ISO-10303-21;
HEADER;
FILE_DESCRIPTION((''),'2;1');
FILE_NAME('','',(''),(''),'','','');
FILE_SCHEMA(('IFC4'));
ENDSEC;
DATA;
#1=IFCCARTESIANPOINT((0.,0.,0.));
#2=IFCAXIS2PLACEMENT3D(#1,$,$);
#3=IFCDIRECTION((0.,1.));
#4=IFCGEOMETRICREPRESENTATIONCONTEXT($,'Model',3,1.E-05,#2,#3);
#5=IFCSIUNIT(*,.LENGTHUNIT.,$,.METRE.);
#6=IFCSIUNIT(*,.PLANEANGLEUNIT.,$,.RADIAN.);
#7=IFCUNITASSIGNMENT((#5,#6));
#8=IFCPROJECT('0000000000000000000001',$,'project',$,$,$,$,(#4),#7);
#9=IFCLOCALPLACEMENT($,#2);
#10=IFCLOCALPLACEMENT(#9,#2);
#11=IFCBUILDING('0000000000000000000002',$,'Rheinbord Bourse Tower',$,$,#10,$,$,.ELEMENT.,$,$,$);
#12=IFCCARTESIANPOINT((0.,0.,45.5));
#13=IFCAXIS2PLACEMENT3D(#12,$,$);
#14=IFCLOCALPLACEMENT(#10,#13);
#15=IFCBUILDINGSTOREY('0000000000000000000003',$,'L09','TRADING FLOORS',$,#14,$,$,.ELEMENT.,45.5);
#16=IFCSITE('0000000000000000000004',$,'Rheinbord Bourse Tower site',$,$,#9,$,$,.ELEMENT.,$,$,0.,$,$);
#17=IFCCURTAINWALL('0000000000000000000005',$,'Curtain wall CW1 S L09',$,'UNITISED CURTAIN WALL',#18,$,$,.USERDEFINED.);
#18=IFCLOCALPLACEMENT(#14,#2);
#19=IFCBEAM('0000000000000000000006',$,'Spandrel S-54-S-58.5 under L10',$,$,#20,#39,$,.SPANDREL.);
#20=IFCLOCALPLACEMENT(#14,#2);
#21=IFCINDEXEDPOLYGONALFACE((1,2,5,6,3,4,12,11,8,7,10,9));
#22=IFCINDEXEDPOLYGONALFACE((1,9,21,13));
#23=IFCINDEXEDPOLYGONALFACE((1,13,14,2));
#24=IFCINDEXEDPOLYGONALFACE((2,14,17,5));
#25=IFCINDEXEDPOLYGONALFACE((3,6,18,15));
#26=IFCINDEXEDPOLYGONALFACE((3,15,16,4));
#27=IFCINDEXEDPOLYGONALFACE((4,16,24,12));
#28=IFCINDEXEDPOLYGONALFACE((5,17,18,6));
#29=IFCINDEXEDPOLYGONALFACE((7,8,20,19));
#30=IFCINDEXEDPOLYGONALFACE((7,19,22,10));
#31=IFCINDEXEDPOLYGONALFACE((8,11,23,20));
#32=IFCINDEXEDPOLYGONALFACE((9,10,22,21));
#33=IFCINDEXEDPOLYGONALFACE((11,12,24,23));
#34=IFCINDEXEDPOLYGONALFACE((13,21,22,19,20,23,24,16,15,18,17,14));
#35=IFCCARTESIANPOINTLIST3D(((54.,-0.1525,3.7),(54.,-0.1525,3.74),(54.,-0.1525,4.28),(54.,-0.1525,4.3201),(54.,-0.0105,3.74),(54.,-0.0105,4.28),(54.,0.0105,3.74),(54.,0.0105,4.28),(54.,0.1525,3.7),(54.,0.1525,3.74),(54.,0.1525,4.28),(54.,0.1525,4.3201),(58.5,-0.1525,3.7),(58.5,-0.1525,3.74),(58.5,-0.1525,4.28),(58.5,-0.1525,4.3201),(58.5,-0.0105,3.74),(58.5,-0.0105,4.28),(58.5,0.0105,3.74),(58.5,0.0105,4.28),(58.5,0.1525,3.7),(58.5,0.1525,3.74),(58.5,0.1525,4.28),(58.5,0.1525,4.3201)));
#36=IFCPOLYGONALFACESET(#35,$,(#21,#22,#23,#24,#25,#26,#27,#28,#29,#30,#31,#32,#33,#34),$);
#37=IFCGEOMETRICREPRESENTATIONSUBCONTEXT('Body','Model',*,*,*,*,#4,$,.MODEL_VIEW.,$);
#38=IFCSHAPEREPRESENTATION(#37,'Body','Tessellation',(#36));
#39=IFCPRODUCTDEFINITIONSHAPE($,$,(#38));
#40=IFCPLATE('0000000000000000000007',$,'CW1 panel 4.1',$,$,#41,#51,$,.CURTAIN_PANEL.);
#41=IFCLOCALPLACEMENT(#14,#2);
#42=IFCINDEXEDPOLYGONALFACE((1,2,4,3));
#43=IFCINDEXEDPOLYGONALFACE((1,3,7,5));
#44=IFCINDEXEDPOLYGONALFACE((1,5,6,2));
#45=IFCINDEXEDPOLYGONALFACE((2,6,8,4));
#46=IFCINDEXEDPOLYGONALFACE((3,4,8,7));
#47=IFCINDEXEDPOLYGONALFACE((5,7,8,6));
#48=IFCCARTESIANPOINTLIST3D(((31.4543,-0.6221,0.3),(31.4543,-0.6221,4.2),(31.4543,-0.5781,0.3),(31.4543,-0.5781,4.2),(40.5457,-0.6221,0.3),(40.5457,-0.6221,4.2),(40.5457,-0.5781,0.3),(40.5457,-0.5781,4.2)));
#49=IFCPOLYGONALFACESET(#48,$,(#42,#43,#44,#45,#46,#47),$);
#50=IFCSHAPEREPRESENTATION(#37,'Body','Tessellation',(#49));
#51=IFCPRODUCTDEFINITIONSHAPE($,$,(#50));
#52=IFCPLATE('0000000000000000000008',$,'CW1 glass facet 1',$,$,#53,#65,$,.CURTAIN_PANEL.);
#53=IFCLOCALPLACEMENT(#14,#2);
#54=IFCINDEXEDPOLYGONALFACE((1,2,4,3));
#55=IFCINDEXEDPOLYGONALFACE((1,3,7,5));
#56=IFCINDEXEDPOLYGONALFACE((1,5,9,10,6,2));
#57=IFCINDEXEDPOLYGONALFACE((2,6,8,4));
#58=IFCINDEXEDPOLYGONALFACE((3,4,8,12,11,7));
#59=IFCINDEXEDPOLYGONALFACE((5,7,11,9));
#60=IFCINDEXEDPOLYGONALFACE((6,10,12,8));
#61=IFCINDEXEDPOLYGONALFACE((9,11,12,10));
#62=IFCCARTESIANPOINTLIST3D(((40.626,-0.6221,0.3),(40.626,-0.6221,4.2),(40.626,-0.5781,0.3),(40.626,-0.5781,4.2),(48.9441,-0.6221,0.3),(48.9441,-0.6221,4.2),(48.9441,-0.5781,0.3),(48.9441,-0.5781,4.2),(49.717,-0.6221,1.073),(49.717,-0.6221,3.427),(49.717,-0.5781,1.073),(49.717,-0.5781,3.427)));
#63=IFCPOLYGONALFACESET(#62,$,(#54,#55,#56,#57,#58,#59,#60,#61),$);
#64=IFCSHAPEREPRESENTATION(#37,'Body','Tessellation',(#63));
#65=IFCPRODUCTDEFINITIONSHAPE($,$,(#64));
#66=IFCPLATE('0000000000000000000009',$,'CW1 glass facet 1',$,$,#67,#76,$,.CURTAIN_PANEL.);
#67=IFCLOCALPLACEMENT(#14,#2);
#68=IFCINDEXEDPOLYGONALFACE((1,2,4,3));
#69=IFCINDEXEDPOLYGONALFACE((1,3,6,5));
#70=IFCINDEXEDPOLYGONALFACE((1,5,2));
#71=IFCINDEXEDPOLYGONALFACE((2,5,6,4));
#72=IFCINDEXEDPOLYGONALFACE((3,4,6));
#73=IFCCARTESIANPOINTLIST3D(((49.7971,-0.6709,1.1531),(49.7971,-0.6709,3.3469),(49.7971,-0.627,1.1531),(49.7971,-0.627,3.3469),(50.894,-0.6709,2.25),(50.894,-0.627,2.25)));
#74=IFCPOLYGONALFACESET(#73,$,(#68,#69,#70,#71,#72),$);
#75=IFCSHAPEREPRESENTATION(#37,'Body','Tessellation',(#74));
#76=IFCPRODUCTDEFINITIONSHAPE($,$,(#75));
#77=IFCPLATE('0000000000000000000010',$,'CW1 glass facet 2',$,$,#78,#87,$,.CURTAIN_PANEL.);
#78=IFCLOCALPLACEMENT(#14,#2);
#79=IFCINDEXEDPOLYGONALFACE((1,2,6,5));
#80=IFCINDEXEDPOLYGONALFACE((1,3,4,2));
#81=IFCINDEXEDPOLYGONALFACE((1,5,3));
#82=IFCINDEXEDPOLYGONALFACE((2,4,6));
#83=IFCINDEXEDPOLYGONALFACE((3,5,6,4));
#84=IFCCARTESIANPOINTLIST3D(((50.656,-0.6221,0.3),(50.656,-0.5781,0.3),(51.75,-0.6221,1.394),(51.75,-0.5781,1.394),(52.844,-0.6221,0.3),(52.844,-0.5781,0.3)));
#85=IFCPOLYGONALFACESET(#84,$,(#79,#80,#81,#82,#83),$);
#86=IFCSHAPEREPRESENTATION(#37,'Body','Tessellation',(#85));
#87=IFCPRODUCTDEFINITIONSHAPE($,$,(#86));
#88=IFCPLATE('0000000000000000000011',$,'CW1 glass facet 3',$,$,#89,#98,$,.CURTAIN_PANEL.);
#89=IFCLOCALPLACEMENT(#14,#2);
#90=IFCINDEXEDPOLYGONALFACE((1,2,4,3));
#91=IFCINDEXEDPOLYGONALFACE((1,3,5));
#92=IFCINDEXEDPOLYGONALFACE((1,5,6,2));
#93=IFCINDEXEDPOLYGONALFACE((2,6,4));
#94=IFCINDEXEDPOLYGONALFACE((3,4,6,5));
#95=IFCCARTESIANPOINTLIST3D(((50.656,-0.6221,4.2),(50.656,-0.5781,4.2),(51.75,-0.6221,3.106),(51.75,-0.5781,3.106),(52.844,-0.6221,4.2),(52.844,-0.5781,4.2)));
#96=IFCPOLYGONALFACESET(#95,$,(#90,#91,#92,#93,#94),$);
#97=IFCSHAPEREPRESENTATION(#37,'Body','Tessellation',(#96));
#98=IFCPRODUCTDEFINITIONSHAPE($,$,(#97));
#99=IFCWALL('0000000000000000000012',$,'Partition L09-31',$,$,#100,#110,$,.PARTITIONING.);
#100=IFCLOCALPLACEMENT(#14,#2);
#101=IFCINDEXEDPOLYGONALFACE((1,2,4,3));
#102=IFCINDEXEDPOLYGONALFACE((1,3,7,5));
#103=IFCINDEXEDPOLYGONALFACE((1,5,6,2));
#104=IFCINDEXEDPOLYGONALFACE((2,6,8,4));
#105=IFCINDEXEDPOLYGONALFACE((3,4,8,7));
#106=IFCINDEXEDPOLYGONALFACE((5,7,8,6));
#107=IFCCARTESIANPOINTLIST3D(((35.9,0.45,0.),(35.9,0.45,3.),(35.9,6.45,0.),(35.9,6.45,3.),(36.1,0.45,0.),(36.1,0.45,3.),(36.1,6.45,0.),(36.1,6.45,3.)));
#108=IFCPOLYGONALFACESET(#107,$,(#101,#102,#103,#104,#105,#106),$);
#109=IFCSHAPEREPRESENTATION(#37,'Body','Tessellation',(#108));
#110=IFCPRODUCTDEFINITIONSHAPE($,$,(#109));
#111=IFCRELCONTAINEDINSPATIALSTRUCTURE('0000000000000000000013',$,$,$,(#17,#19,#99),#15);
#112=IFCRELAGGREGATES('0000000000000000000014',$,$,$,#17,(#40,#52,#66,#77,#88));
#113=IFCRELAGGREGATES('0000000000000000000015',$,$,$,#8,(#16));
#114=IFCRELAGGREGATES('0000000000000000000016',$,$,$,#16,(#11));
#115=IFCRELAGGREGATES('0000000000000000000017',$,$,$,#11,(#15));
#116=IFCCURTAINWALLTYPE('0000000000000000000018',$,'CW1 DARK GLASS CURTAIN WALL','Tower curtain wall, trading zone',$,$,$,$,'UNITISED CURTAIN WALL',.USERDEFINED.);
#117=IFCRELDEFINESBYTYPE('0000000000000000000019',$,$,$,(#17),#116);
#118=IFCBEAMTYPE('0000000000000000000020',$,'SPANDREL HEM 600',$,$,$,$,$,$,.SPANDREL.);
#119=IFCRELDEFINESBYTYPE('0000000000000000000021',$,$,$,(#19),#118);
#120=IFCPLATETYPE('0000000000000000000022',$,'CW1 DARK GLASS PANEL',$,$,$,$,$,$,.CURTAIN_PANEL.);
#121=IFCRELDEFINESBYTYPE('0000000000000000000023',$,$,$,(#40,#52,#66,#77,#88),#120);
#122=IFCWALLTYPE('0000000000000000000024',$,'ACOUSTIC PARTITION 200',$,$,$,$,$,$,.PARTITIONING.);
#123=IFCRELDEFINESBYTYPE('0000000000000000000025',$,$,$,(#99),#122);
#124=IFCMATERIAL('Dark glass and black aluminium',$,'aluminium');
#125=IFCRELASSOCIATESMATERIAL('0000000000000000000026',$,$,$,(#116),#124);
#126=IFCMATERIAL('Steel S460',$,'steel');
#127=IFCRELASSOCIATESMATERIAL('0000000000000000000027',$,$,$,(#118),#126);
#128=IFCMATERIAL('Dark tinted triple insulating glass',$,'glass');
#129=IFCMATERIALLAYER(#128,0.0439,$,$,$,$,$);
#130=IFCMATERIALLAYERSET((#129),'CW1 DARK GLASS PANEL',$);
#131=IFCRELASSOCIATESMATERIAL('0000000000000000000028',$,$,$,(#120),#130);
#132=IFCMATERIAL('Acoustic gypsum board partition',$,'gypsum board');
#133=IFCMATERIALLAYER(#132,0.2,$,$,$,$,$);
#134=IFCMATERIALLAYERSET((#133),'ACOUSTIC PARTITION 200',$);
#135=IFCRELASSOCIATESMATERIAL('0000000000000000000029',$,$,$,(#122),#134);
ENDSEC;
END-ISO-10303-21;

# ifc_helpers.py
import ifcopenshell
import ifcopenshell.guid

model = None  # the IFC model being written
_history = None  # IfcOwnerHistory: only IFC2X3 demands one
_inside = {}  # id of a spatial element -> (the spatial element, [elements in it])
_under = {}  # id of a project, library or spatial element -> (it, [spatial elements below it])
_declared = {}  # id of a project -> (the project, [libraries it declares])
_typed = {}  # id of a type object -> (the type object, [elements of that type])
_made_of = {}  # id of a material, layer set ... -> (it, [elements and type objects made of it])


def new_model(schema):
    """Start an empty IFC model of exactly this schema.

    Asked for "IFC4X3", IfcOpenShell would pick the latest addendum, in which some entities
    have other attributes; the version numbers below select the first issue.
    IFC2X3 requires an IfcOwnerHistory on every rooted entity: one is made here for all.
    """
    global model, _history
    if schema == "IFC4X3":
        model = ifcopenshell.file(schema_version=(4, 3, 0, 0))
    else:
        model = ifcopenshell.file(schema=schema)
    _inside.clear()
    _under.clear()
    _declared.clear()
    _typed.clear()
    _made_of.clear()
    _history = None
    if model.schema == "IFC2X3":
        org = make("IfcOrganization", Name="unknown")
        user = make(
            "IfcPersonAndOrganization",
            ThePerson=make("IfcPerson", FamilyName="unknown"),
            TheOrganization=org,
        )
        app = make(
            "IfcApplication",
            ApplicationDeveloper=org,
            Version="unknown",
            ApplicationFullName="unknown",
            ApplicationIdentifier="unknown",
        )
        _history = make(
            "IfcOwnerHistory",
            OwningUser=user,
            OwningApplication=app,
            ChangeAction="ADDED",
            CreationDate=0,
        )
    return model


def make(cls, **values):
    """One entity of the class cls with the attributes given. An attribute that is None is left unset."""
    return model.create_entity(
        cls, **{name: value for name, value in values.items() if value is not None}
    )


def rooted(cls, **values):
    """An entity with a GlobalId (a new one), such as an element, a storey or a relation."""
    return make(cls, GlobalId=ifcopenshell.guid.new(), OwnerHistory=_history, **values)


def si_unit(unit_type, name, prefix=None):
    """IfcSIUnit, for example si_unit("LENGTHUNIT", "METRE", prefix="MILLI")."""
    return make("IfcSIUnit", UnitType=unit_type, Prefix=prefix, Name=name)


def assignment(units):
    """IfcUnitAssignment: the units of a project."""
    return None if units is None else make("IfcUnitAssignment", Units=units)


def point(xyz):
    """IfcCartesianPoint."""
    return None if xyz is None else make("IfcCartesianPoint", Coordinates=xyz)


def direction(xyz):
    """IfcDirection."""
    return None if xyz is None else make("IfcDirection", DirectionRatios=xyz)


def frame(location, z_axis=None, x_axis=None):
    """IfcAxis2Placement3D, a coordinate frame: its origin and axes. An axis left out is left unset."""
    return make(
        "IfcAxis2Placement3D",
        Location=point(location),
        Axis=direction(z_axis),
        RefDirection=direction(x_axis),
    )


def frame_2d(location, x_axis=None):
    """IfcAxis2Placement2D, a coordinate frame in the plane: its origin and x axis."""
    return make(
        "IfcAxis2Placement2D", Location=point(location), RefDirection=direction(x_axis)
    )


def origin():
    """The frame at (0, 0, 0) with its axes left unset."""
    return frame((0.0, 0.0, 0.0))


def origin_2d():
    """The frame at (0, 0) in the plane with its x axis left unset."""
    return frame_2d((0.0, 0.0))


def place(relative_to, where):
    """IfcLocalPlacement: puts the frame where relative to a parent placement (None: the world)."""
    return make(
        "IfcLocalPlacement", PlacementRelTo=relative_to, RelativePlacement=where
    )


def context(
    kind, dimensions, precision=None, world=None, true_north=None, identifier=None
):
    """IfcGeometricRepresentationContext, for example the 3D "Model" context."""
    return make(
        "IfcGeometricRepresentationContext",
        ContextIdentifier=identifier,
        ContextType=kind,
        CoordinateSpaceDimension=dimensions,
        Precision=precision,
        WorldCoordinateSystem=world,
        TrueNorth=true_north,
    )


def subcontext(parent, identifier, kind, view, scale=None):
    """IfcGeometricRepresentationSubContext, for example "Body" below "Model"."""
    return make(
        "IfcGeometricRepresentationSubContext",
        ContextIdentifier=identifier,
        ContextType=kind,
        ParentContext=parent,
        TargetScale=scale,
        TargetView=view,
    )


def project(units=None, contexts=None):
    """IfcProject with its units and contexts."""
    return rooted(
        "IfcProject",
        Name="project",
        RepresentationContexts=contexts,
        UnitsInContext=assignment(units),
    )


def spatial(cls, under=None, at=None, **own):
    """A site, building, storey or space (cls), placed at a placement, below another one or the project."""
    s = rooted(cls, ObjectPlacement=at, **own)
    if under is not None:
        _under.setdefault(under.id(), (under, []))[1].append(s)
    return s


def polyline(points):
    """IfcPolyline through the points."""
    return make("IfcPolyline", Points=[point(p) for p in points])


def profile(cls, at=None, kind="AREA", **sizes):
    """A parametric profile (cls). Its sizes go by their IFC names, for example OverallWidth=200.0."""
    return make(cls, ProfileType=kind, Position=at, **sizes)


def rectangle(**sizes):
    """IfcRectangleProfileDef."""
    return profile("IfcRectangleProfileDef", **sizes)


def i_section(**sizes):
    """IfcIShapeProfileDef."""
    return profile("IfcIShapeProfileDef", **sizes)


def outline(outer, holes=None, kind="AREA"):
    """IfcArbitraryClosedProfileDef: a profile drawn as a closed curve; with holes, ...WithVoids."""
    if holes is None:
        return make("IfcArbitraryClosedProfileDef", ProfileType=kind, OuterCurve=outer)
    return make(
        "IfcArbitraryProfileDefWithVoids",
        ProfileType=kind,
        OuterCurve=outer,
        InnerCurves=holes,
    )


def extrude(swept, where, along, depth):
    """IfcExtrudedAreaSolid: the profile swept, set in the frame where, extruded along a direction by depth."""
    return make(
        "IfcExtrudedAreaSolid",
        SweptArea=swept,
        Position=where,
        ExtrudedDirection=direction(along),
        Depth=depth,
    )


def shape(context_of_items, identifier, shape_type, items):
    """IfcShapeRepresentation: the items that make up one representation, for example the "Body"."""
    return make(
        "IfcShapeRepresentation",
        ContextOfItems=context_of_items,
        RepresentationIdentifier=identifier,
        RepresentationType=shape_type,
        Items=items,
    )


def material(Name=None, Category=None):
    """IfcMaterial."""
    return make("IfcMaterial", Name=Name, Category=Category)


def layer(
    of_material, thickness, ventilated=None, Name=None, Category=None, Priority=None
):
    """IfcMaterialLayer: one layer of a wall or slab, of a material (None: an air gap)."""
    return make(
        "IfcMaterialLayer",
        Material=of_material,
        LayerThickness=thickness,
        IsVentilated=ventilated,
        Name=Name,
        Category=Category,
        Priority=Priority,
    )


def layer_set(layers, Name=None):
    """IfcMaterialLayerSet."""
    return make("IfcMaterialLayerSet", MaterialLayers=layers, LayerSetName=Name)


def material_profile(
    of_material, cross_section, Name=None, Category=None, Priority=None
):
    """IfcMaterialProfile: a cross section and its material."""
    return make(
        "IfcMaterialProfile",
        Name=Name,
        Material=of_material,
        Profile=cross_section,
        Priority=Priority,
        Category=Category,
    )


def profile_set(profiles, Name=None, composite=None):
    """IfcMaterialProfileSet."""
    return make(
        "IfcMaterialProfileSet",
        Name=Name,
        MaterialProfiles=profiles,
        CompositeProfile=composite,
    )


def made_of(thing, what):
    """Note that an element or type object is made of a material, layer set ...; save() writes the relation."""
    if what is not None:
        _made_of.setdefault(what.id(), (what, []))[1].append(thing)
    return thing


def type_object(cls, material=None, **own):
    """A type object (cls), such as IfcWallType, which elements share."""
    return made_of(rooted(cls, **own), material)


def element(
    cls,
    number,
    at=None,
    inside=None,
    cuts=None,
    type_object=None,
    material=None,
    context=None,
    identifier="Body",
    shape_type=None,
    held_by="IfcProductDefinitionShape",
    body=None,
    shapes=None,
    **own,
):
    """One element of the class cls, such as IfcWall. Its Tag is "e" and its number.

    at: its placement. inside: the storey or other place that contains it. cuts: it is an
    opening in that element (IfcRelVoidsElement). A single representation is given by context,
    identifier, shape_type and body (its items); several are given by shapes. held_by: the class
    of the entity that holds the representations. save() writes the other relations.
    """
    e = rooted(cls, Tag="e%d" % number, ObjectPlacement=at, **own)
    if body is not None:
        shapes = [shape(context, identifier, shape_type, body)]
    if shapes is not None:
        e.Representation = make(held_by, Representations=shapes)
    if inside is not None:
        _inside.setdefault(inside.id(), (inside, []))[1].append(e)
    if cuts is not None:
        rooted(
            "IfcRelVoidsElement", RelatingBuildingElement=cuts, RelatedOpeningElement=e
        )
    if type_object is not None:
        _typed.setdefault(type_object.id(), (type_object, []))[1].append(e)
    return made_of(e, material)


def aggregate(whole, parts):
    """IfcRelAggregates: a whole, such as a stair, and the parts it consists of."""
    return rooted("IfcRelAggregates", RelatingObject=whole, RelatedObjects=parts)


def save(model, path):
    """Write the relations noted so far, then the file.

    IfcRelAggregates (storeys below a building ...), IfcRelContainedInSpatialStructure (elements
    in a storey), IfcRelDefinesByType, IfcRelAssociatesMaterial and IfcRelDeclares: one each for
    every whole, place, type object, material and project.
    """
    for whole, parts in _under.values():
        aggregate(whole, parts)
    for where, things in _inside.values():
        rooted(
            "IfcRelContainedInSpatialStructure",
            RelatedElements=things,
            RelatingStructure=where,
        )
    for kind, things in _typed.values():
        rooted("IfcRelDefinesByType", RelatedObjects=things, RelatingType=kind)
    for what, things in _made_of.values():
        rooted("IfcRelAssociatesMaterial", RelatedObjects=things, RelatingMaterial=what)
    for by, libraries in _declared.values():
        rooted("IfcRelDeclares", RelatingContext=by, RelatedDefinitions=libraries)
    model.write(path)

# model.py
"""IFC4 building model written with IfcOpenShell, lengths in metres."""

from ifc_helpers import new_model, si_unit, direction, frame, frame_2d, origin, origin_2d, place, context, subcontext, project, spatial, polyline, rectangle, i_section, outline, extrude, material, layer, layer_set, material_profile, profile_set, type_object, element, aggregate, save


model = new_model("IFC4")

# Units and contexts
model_context = context("Model", 3, precision=1e-05, world=origin(), true_north=direction((0.0, 1.0)))
body_context = subcontext(model_context, "Body", "Model", "MODEL_VIEW")
ifc_project = project(units=[si_unit("LENGTHUNIT", "METRE"), si_unit("PLANEANGLEUNIT", "RADIAN")], contexts=[model_context])

# Site, building, storey
site_placement = place(None, origin())
site = spatial("IfcSite", under=ifc_project, at=site_placement, Name="Rheinbord Bourse Tower site", CompositionType="ELEMENT", RefElevation=0.0)
building_placement = place(site_placement, origin())
building = spatial("IfcBuilding", under=site, at=building_placement, Name="Rheinbord Bourse Tower", CompositionType="ELEMENT")
storey_placement = place(building_placement, frame((0.0, 0.0, 45.5)))
storey = spatial("IfcBuildingStorey", under=building, at=storey_placement, Name="L09", Description="TRADING FLOORS", CompositionType="ELEMENT", Elevation=45.5)

# Curtain wall
ifc_material_1 = material(Name="Dark glass and black aluminium", Category="aluminium")
curtain_wall_type = type_object("IfcCurtainWallType", Name="CW1 DARK GLASS CURTAIN WALL", Description="Tower curtain wall, trading zone", ElementType="UNITISED CURTAIN WALL", PredefinedType="USERDEFINED", material=ifc_material_1)
curtain_wall_placement = place(storey_placement, origin())
curtain_wall = element("IfcCurtainWall", 1, at=curtain_wall_placement, inside=storey, type_object=curtain_wall_type, Name="Curtain wall CW1 S L09", ObjectType="UNITISED CURTAIN WALL", PredefinedType="USERDEFINED")

# Beam
ifc_material_2 = material(Name="Steel S460", Category="steel")
ifc_material_profile_1 = material_profile(ifc_material_2, i_section(OverallWidth=0.3049, OverallDepth=0.6201, WebThickness=0.021, FlangeThickness=0.04, at=origin_2d()), Name="HEM 600")
ifc_profile_set_1 = profile_set([ifc_material_profile_1], Name="Steel S460")
beam_type_1 = type_object("IfcBeamType", Name="SPANDREL HEM 600", PredefinedType="SPANDREL", material=ifc_profile_set_1)
for number, where, z_axis, x_axis, name in (
    (2, (54.0, 0.0, 4.01), (1.0, 0.0, 0.0), (0.0, 1.0, 0.0), "Spandrel S-54-S-58.5 under L10"),
):
    element("IfcBeam", number, at=place(storey_placement, frame(where, z_axis=z_axis, x_axis=x_axis)), inside=storey, type_object=beam_type_1, Name=name, PredefinedType="SPANDREL", context=body_context, shape_type="SweptSolid", body=[
        extrude(i_section(OverallWidth=0.3049, OverallDepth=0.6201, WebThickness=0.021, FlangeThickness=0.04, at=origin_2d()), origin(), (0.0, 0.0, 1.0), 4.5),
    ])

# Plates
ifc_material_3 = material(Name="Dark tinted triple insulating glass", Category="glass")
ifc_layer_1 = layer(ifc_material_3, 0.0439)
ifc_layer_set_1 = layer_set([ifc_layer_1], Name="CW1 DARK GLASS PANEL")
plate_type = type_object("IfcPlateType", Name="CW1 DARK GLASS PANEL", PredefinedType="CURTAIN_PANEL", material=ifc_layer_set_1)
plate_1_placement = place(storey_placement, frame((36.0, -0.6001, 0.3), z_axis=(0.0, 0.0, 1.0), x_axis=(1.0, 0.0, 0.0)))
plate_1 = element("IfcPlate", 3, at=plate_1_placement, type_object=plate_type, Name="CW1 panel 4.1", PredefinedType="CURTAIN_PANEL", context=body_context, shape_type="SweptSolid", body=[
    extrude(rectangle(XDim=9.0913, YDim=0.0439, at=origin_2d()), origin(), (0.0, 0.0, 1.0), 3.8999),
])
plate_2_placement = place(storey_placement, frame((40.626, -0.6221, 0.3), z_axis=(0.0, 1.0, 0.0), x_axis=(0.0, 0.0, 1.0)))
plate_2 = element("IfcPlate", 4, at=plate_2_placement, type_object=plate_type, Name="CW1 glass facet 1", PredefinedType="CURTAIN_PANEL", context=body_context, shape_type="SweptSolid", body=[
    extrude(outline(polyline([(0.0, 0.0), (3.8999, 0.0), (3.8999, 8.3181), (3.127, 9.0911), (0.7729, 9.0911), (0.0, 8.3181), (0.0, 0.0)])), origin(), (0.0, 0.0, 1.0), 0.0439),
])
plate_3_placement = place(storey_placement, frame((49.7971, -0.6709, 3.3469), z_axis=(0.0, 1.0, 0.0), x_axis=(0.707107, 0.0, -0.707107)))
plate_3 = element("IfcPlate", 5, at=plate_3_placement, type_object=plate_type, Name="CW1 glass facet 1", PredefinedType="CURTAIN_PANEL", context=body_context, shape_type="SweptSolid", body=[
    extrude(outline(polyline([(0.0, 0.0), (1.5513, 0.0), (1.5513, 1.5513), (0.0, 0.0)])), origin(), (0.0, 0.0, 1.0), 0.0439),
])
plate_4_placement = place(storey_placement, frame((50.656, -0.6221, 0.3), z_axis=(0.0, 1.0, 0.0), x_axis=(0.707107, 0.0, 0.707107)))
plate_4 = element("IfcPlate", 6, at=plate_4_placement, type_object=plate_type, Name="CW1 glass facet 2", PredefinedType="CURTAIN_PANEL", context=body_context, shape_type="SweptSolid", body=[
    extrude(outline(polyline([(0.0, 0.0), (1.5471, 0.0), (1.5471, 1.5471), (0.0, 0.0)])), origin(), (0.0, 0.0, 1.0), 0.0439),
])
plate_5_placement = place(storey_placement, frame((52.844, -0.6221, 4.2), z_axis=(0.0, 1.0, 0.0), x_axis=(-0.707107, 0.0, -0.707107)))
plate_5 = element("IfcPlate", 7, at=plate_5_placement, type_object=plate_type, Name="CW1 glass facet 3", PredefinedType="CURTAIN_PANEL", context=body_context, shape_type="SweptSolid", body=[
    extrude(outline(polyline([(0.0, 0.0), (1.5471, 0.0), (1.5471, 1.5471), (0.0, 0.0)])), origin(), (0.0, 0.0, 1.0), 0.0439),
])
aggregate(curtain_wall, [plate_1, plate_2, plate_3, plate_4, plate_5])

# Wall
ifc_material_4 = material(Name="Acoustic gypsum board partition", Category="gypsum board")
ifc_layer_2 = layer(ifc_material_4, 0.2)
ifc_layer_set_2 = layer_set([ifc_layer_2], Name="ACOUSTIC PARTITION 200")
wall_type = type_object("IfcWallType", Name="ACOUSTIC PARTITION 200", PredefinedType="PARTITIONING", material=ifc_layer_set_2)
wall_placement = place(storey_placement, frame((36.0, 0.45, 0.0), z_axis=(0.0, 0.0, 1.0), x_axis=(0.0, 1.0, 0.0)))
element("IfcWall", 8, at=wall_placement, inside=storey, type_object=wall_type, Name="Partition L09-31", PredefinedType="PARTITIONING", context=body_context, shape_type="SweptSolid", body=[
    extrude(rectangle(XDim=6.0, YDim=0.2, at=frame_2d((3.0, 0.0))), origin(), (0.0, 0.0, 1.0), 3.0),
])

save(model, "model.ifc")
